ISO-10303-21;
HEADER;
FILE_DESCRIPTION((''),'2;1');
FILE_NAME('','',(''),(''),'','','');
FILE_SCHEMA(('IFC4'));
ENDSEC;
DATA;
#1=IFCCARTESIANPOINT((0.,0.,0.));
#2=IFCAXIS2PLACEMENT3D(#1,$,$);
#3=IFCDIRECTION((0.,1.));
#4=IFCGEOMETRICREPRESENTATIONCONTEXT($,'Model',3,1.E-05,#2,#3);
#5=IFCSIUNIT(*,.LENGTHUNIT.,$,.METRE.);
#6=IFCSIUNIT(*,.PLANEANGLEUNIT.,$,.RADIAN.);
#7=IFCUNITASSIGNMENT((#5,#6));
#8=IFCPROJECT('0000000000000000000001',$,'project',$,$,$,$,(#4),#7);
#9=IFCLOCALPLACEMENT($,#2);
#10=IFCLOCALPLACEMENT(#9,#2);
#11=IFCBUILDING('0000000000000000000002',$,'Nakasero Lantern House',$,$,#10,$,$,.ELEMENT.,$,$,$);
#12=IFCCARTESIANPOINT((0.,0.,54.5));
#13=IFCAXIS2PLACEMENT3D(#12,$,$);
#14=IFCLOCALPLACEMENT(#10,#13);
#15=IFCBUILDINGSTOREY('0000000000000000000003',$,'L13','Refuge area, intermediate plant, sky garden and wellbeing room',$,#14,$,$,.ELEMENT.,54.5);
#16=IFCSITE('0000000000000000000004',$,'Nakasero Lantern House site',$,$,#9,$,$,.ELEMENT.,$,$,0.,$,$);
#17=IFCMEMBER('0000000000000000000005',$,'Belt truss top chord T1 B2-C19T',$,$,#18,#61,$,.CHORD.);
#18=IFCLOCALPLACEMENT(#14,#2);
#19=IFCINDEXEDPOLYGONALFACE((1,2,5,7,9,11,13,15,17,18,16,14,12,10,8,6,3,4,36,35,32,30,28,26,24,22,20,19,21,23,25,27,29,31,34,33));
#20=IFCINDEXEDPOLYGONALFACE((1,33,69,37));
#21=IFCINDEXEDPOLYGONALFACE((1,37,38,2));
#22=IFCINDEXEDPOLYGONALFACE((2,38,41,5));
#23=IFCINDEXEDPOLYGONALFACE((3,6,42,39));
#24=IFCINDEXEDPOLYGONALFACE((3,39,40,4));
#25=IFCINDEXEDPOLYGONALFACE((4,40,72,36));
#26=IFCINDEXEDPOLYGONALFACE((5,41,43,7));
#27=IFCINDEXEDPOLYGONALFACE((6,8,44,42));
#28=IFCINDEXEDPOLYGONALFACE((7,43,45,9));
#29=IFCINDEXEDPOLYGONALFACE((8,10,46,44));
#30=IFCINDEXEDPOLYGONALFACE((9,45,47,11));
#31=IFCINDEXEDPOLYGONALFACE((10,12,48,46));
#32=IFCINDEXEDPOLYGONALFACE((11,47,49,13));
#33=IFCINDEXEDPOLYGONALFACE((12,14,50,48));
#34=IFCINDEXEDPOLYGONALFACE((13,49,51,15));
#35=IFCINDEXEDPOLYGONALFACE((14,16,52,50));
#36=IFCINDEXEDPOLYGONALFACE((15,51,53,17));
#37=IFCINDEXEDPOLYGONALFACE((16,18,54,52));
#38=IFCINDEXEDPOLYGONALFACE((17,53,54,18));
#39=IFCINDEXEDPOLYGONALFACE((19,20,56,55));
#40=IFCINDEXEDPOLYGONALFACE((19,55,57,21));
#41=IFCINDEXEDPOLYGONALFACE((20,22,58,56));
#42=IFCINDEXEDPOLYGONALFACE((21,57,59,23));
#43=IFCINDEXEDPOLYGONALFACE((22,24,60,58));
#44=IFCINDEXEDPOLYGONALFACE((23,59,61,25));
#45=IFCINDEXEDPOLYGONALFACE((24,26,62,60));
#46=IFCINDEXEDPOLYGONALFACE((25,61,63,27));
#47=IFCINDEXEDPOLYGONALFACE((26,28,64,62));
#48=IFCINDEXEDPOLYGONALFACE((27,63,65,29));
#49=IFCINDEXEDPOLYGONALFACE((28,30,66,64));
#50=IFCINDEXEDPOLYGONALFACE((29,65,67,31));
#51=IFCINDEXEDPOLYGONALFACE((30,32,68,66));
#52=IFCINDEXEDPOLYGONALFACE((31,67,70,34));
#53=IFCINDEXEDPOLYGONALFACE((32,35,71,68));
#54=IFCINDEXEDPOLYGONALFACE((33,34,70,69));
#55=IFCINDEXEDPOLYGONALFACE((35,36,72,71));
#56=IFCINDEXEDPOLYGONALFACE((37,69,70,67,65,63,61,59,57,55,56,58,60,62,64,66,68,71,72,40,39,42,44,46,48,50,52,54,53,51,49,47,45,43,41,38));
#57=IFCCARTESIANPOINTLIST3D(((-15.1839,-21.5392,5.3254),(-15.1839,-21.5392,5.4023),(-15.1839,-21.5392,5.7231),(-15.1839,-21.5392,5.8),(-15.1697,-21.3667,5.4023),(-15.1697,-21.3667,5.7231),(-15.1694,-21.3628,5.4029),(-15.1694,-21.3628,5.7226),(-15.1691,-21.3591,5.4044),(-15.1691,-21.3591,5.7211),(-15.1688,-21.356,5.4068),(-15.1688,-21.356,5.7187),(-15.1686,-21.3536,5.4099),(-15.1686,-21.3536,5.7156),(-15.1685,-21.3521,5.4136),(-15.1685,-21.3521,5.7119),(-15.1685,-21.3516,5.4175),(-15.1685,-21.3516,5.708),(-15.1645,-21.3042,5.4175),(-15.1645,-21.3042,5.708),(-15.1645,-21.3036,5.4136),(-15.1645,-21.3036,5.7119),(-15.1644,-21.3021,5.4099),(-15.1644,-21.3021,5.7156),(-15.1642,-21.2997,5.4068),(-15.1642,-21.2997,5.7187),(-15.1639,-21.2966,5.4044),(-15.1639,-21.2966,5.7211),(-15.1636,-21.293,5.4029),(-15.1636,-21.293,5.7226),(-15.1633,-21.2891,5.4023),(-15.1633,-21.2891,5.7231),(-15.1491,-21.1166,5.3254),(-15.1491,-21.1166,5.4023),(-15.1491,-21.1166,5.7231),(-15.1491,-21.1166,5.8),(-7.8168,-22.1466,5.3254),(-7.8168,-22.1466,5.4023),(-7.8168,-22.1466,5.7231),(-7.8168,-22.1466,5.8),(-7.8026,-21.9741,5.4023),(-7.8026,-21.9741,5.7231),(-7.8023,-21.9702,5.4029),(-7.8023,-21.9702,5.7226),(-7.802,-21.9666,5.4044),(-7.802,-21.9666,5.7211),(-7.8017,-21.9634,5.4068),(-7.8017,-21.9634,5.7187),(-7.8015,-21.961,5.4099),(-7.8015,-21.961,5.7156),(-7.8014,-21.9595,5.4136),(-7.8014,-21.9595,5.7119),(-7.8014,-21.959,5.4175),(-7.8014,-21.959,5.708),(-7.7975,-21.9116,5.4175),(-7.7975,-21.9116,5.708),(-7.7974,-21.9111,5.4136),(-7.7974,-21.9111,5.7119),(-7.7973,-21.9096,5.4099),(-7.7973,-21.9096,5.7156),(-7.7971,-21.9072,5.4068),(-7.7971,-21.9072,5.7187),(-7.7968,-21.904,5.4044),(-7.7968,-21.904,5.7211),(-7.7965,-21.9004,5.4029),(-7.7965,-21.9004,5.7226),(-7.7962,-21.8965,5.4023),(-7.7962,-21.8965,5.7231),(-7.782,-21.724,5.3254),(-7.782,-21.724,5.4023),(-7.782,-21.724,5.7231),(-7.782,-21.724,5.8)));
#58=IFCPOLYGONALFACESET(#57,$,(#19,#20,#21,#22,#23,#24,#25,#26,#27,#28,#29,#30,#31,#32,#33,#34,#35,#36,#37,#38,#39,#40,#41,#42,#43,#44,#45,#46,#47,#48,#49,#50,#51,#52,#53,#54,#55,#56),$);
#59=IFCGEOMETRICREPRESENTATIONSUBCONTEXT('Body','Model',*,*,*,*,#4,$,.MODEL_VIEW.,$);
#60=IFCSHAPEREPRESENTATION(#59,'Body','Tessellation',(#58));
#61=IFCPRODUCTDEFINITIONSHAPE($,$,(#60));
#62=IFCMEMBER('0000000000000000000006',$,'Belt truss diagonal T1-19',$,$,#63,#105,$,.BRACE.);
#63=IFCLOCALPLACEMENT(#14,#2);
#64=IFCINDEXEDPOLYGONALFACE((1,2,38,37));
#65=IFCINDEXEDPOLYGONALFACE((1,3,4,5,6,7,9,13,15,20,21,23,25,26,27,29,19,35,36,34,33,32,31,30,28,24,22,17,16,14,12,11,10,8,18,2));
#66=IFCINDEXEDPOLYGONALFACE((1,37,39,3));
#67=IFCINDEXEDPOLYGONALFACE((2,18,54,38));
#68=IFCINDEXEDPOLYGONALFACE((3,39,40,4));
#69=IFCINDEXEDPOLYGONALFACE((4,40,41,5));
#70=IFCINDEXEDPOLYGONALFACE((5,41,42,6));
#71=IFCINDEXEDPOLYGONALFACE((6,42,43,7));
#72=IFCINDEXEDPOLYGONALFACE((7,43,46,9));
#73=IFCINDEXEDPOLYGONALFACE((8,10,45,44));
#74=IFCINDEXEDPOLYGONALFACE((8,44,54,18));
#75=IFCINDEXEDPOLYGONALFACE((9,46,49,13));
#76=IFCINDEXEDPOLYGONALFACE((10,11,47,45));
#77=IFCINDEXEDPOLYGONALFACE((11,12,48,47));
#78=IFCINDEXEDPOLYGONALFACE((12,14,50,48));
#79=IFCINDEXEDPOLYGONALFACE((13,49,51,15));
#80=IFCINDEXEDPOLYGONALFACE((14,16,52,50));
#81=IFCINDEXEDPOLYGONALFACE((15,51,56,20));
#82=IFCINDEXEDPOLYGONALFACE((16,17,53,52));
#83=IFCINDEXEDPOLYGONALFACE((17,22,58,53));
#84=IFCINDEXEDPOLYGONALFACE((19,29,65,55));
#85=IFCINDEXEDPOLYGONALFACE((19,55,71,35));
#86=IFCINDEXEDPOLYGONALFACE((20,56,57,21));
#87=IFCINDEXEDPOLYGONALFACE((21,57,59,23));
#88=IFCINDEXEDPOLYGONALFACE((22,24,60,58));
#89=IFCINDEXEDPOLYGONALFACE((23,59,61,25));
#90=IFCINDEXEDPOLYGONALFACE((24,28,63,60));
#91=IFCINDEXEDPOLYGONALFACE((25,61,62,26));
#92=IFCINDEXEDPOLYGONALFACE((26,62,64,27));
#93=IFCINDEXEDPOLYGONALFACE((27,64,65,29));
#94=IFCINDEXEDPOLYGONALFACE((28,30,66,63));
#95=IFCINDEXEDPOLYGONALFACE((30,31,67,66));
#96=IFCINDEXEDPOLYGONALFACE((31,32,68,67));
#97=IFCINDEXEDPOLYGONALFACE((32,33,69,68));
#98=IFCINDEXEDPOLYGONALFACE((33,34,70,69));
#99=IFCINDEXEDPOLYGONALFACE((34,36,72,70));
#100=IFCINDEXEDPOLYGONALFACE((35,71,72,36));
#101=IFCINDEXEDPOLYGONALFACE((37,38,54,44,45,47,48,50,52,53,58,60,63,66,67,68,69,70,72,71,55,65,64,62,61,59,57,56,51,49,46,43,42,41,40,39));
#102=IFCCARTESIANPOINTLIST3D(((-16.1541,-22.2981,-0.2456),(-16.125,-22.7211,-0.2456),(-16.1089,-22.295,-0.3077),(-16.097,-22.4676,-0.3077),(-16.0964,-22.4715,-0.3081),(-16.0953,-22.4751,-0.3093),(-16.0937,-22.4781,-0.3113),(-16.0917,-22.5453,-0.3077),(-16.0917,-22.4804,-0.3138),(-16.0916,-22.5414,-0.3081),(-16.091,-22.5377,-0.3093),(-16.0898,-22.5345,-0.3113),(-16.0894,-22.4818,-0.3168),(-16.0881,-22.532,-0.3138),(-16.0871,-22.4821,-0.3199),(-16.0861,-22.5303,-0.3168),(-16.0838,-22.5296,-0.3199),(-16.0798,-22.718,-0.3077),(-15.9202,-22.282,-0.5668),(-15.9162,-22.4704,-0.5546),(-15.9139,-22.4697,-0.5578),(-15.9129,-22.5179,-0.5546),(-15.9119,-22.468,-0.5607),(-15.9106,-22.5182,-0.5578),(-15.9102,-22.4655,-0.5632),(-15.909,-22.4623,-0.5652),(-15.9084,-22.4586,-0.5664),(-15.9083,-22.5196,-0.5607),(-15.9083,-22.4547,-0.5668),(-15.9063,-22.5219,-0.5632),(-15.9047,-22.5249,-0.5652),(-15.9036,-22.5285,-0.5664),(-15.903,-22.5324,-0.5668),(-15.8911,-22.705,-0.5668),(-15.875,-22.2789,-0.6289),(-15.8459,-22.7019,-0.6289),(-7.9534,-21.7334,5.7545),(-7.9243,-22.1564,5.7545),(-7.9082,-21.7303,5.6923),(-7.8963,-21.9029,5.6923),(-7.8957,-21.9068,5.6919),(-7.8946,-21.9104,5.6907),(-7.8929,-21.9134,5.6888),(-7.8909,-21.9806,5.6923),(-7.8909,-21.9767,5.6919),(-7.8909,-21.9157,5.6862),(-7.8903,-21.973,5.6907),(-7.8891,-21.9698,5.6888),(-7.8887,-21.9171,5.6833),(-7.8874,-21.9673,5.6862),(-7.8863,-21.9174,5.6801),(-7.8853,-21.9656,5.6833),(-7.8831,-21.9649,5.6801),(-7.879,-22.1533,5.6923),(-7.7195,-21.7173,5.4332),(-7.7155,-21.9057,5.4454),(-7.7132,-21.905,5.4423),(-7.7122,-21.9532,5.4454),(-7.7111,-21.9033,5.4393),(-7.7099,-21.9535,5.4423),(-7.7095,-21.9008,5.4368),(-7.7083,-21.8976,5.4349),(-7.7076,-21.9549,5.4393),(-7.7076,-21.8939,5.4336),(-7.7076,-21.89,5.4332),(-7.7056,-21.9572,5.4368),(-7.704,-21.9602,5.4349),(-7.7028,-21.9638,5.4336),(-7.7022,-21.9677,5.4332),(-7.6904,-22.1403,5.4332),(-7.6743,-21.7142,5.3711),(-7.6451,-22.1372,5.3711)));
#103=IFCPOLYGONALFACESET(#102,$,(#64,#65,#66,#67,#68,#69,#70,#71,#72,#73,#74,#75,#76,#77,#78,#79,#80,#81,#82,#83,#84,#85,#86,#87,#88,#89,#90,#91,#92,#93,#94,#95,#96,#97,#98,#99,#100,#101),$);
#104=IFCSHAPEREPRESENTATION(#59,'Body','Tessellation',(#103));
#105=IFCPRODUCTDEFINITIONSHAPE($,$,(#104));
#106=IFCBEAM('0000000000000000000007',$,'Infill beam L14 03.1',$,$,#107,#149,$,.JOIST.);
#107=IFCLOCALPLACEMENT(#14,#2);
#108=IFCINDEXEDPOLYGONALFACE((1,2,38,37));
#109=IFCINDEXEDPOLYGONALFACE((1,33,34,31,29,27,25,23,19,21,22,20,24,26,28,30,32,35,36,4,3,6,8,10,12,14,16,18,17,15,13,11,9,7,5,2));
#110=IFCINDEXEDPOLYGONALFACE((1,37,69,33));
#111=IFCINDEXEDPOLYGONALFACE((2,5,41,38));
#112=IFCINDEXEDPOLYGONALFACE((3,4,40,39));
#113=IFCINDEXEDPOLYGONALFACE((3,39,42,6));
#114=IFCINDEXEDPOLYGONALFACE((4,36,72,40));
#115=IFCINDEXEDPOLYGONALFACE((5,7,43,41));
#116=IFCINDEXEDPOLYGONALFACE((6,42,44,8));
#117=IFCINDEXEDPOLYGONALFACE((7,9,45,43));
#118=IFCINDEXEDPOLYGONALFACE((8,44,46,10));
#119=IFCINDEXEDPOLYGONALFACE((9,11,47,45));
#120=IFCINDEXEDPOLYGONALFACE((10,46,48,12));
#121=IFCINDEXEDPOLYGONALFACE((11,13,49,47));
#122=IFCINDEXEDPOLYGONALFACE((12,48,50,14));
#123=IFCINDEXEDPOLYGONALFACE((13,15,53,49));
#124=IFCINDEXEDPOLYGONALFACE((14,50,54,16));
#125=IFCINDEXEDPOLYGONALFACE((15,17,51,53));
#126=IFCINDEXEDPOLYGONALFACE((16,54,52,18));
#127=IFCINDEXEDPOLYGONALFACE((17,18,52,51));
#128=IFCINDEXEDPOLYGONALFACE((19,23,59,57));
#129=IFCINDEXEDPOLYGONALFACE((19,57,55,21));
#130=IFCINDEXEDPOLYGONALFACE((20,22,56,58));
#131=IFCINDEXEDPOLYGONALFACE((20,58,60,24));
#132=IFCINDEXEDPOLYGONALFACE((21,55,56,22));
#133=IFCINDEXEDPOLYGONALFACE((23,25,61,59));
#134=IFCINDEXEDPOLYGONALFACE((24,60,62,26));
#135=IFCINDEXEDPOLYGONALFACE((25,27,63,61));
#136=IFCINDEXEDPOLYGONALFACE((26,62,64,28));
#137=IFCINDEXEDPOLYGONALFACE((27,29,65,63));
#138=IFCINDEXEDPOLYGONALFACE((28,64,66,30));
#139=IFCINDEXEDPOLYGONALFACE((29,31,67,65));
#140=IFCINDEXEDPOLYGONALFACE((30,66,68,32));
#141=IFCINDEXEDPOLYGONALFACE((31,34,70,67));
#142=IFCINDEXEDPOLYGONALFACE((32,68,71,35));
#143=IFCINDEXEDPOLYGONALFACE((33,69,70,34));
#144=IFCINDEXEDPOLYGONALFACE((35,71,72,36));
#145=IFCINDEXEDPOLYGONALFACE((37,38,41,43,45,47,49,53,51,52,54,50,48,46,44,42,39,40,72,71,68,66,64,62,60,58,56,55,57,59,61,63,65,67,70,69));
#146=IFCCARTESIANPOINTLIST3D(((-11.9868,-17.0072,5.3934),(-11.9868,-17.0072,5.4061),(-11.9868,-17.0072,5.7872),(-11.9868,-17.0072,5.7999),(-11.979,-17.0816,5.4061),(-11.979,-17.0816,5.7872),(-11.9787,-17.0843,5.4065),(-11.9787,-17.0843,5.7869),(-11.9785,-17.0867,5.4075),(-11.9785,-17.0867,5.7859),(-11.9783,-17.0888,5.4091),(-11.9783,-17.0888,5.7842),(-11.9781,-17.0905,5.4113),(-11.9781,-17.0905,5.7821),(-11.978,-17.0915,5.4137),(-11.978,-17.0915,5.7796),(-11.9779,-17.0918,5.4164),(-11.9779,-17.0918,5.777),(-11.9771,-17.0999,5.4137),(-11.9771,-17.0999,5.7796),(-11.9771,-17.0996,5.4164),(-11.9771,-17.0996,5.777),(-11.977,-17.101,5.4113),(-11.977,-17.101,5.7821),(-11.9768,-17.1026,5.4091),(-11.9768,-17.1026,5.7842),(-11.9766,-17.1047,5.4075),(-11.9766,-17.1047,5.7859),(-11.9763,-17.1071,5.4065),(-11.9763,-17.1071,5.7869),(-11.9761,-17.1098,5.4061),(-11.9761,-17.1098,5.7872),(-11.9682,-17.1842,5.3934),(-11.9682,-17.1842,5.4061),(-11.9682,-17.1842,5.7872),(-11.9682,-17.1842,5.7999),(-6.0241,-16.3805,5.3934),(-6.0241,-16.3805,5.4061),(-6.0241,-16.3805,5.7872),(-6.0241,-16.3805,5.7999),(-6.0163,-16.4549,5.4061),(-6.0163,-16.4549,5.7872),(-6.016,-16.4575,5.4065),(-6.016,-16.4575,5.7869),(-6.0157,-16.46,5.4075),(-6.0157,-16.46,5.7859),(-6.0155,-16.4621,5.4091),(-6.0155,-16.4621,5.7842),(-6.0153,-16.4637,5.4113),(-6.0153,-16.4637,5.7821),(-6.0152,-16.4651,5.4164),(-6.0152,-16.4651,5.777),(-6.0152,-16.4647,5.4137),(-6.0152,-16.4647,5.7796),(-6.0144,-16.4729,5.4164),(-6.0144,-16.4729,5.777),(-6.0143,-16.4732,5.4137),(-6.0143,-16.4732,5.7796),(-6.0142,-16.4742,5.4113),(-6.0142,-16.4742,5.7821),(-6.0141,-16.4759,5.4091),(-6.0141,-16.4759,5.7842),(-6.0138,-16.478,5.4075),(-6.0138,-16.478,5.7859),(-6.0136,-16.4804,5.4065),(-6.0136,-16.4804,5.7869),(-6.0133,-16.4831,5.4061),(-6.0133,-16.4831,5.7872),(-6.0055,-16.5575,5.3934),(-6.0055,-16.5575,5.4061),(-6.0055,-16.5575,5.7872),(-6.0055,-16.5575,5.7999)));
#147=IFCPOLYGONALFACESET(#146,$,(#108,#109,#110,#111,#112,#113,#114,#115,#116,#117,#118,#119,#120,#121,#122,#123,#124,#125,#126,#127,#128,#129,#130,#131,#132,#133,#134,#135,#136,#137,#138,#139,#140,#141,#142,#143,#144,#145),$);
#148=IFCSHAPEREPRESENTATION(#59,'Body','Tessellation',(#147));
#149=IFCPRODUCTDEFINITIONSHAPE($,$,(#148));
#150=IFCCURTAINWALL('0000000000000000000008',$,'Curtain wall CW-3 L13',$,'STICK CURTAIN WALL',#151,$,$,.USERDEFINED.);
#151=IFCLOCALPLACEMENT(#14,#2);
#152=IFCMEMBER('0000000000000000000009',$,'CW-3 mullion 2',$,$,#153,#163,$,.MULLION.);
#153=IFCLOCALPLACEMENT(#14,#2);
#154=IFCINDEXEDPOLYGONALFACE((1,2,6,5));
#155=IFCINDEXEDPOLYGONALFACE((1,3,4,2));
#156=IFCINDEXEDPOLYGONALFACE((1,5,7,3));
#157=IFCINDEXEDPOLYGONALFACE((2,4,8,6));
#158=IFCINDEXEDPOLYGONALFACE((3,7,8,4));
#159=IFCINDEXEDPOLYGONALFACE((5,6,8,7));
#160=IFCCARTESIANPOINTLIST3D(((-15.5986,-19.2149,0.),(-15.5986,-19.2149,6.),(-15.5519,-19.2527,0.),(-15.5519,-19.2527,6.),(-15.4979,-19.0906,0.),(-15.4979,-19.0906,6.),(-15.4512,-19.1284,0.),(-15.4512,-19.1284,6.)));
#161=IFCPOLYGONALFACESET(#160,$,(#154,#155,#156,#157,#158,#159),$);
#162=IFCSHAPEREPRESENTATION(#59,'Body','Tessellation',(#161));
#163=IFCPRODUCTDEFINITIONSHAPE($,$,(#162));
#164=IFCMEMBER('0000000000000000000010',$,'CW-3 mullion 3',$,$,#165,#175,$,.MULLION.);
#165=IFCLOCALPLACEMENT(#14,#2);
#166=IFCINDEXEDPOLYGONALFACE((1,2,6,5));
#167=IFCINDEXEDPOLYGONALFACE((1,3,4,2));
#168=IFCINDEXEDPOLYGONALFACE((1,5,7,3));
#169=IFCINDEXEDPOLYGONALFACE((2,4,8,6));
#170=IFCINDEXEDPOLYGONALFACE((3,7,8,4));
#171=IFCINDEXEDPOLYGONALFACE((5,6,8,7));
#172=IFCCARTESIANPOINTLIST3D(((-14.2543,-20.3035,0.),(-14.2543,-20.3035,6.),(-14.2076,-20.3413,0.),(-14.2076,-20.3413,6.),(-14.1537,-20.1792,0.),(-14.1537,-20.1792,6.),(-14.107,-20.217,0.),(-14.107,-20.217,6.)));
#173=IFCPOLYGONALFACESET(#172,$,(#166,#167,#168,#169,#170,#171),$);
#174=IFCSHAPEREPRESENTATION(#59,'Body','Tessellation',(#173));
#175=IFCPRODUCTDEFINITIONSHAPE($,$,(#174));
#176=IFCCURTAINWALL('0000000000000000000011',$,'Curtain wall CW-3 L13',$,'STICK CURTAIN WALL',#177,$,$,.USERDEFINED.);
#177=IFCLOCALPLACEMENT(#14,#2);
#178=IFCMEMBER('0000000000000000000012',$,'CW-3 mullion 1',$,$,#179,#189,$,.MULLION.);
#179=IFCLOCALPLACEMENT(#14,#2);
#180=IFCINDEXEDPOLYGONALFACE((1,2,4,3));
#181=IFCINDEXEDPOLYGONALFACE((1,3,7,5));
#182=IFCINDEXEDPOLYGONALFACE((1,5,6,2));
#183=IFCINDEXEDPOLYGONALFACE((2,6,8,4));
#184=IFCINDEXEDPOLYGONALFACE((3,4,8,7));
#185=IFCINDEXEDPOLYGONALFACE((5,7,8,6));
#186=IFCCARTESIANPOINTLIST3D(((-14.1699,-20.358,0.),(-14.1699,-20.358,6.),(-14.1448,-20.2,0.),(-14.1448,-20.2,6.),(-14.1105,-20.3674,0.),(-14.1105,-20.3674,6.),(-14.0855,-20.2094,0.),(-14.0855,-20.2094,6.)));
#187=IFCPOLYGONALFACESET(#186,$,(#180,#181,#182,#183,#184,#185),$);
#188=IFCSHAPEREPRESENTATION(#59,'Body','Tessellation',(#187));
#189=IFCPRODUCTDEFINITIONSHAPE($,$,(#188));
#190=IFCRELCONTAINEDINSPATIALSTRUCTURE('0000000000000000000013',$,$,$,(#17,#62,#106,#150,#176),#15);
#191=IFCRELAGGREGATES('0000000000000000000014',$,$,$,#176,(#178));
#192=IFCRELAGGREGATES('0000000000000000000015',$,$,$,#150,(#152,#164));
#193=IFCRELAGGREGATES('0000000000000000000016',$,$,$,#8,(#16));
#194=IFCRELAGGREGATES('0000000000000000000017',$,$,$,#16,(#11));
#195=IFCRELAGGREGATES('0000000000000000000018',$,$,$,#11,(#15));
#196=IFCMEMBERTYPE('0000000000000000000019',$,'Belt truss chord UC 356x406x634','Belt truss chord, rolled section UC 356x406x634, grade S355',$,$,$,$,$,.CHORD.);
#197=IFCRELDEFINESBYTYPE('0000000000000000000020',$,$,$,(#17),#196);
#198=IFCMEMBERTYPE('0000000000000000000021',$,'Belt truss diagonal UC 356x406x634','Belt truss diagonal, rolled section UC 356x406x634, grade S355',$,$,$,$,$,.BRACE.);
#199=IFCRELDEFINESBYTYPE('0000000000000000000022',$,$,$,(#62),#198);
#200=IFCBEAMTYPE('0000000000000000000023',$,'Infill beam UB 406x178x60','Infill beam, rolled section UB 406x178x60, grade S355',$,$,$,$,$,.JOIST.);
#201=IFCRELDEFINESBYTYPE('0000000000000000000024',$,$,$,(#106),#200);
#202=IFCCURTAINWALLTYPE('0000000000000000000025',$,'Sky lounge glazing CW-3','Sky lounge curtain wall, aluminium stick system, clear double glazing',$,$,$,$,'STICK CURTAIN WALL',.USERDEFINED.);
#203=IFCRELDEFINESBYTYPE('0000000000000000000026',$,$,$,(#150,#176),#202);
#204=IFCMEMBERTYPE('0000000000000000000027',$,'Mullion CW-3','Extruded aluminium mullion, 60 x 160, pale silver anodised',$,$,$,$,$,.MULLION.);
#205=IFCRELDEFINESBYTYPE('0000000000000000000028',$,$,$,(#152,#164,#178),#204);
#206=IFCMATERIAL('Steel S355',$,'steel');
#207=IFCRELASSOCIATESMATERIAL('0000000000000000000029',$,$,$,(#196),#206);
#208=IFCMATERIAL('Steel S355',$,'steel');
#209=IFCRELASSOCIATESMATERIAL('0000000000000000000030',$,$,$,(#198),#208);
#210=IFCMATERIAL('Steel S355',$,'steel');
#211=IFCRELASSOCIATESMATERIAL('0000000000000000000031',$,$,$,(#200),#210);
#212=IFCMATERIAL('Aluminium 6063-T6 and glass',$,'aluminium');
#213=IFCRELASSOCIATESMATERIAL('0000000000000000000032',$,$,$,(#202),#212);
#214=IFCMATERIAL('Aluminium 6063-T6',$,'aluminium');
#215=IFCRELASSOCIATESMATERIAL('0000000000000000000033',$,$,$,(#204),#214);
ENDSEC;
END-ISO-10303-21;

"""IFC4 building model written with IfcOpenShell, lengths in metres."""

from ifc_helpers import new_model, si_unit, direction, frame, origin, origin_2d, place, context, subcontext, project, spatial, rectangle, i_section, extrude, material, material_profile, profile_set, type_object, element, aggregate, save


model = new_model("IFC4")

# Units and contexts
model_context = context("Model", 3, precision=1e-05, world=origin(), true_north=direction((0.0, 1.0)))
body_context = subcontext(model_context, "Body", "Model", "MODEL_VIEW")
ifc_project = project(units=[si_unit("LENGTHUNIT", "METRE"), si_unit("PLANEANGLEUNIT", "RADIAN")], contexts=[model_context])

# Site, building, storey
site_placement = place(None, origin())
site = spatial("IfcSite", under=ifc_project, at=site_placement, Name="Nakasero Lantern House site", CompositionType="ELEMENT", RefElevation=0.0)
building_placement = place(site_placement, origin())
building = spatial("IfcBuilding", under=site, at=building_placement, Name="Nakasero Lantern House", CompositionType="ELEMENT")
storey_placement = place(building_placement, frame((0.0, 0.0, 54.5)))
storey = spatial("IfcBuildingStorey", under=building, at=storey_placement, Name="L13", Description="Refuge area, intermediate plant, sky garden and wellbeing room", CompositionType="ELEMENT", Elevation=54.5)

# Members
ifc_material_1 = material(Name="Steel S355", Category="steel")
ifc_material_profile_1 = material_profile(ifc_material_1, i_section(OverallWidth=0.4241, OverallDepth=0.4746, WebThickness=0.0476, FlangeThickness=0.0769, FilletRadius=0.0151, at=origin_2d()), Name="UC 356x406x634")
ifc_profile_set_1 = profile_set([ifc_material_profile_1], Name="Steel S355")
member_type_1 = type_object("IfcMemberType", Name="Belt truss chord UC 356x406x634", Description="Belt truss chord, rolled section UC 356x406x634, grade S355", PredefinedType="CHORD", material=ifc_profile_set_1)
member_1_placement = place(storey_placement, frame((-15.1665, -21.3279, 5.5627), z_axis=(0.996618, -0.082171, 0.0), x_axis=(0.082171, 0.996618, 0.0)))
element("IfcMember", 1, at=member_1_placement, inside=storey, type_object=member_type_1, Name="Belt truss top chord T1 B2-C19T", PredefinedType="CHORD", context=body_context, shape_type="SweptSolid", body=[
    extrude(i_section(OverallWidth=0.4241, OverallDepth=0.4746, WebThickness=0.0476, FlangeThickness=0.0769, FilletRadius=0.0151, at=origin_2d()), origin(), (0.0, 0.0, 1.0), 7.3921),
])
ifc_material_2 = material(Name="Steel S355", Category="steel")
ifc_material_profile_2 = material_profile(ifc_material_2, i_section(OverallWidth=0.4241, OverallDepth=0.4746, WebThickness=0.0476, FlangeThickness=0.0769, FilletRadius=0.0151, at=origin_2d()), Name="UC 356x406x634")
ifc_profile_set_2 = profile_set([ifc_material_profile_2], Name="Steel S355")
member_type_2 = type_object("IfcMemberType", Name="Belt truss diagonal UC 356x406x634", Description="Belt truss diagonal, rolled section UC 356x406x634, grade S355", PredefinedType="BRACE", material=ifc_profile_set_2)
member_2_placement = place(storey_placement, frame((-16.0, -22.5, -0.4373), z_axis=(0.80581, 0.055488, 0.589568), x_axis=(-0.068697, 0.997638, 0.0)))
element("IfcMember", 2, at=member_2_placement, inside=storey, type_object=member_type_2, Name="Belt truss diagonal T1-19", PredefinedType="BRACE", context=body_context, shape_type="SweptSolid", body=[
    extrude(i_section(OverallWidth=0.4241, OverallDepth=0.4746, WebThickness=0.0476, FlangeThickness=0.0769, FilletRadius=0.0151, at=origin_2d()), origin(), (0.0, 0.0, 1.0), 10.177),
])

# Beam
ifc_material_3 = material(Name="Steel S355", Category="steel")
ifc_material_profile_3 = material_profile(ifc_material_3, i_section(OverallWidth=0.178, OverallDepth=0.4065, WebThickness=0.0078, FlangeThickness=0.0127, FilletRadius=0.0103, at=origin_2d()), Name="UB 406x178x60")
ifc_profile_set_3 = profile_set([ifc_material_profile_3], Name="Steel S355")
beam_type_1 = type_object("IfcBeamType", Name="Infill beam UB 406x178x60", Description="Infill beam, rolled section UB 406x178x60, grade S355", PredefinedType="JOIST", material=ifc_profile_set_3)
beam_1_placement = place(storey_placement, frame((-11.9775, -17.0957, 5.5967), z_axis=(0.994522, 0.10453, 0.0), x_axis=(-0.10453, 0.994522, 0.0)))
element("IfcBeam", 3, at=beam_1_placement, inside=storey, type_object=beam_type_1, Name="Infill beam L14 03.1", PredefinedType="JOIST", context=body_context, shape_type="SweptSolid", body=[
    extrude(i_section(OverallWidth=0.178, OverallDepth=0.4065, WebThickness=0.0078, FlangeThickness=0.0127, FilletRadius=0.0103, at=origin_2d()), origin(), (0.0, 0.0, 1.0), 5.9956),
])

# Curtain walls, members
ifc_material_4 = material(Name="Aluminium 6063-T6 and glass", Category="aluminium")
curtain_wall_type = type_object("IfcCurtainWallType", Name="Sky lounge glazing CW-3", Description="Sky lounge curtain wall, aluminium stick system, clear double glazing", ElementType="STICK CURTAIN WALL", PredefinedType="USERDEFINED", material=ifc_material_4)
curtain_wall_1_placement = place(storey_placement, origin())
curtain_wall_1 = element("IfcCurtainWall", 4, at=curtain_wall_1_placement, inside=storey, type_object=curtain_wall_type, Name="Curtain wall CW-3 L13", ObjectType="STICK CURTAIN WALL", PredefinedType="USERDEFINED")
ifc_material_5 = material(Name="Aluminium 6063-T6", Category="aluminium")
ifc_material_profile_4 = material_profile(ifc_material_5, rectangle(XDim=0.0601, YDim=0.1599, at=origin_2d()), Name="CW-3 mullion 60x160")
ifc_profile_set_4 = profile_set([ifc_material_profile_4], Name="Aluminium 6063-T6")
member_type_3 = type_object("IfcMemberType", Name="Mullion CW-3", Description="Extruded aluminium mullion, 60 x 160, pale silver anodised", PredefinedType="MULLION", material=ifc_profile_set_4)
member_3_placement = place(storey_placement, frame((-15.5249, -19.1716, 0.0), z_axis=(0.0, 0.0, 1.0), x_axis=(0.777146, -0.62932, 0.0)))
member_3 = element("IfcMember", 5, at=member_3_placement, type_object=member_type_3, Name="CW-3 mullion 2", PredefinedType="MULLION", context=body_context, shape_type="SweptSolid", body=[
    extrude(rectangle(XDim=0.0601, YDim=0.1599, at=origin_2d()), origin(), (0.0, 0.0, 1.0), 6.0),
])
member_4_placement = place(storey_placement, frame((-14.1807, -20.2603, 0.0), z_axis=(0.0, 0.0, 1.0), x_axis=(0.777146, -0.62932, 0.0)))
member_4 = element("IfcMember", 6, at=member_4_placement, type_object=member_type_3, Name="CW-3 mullion 3", PredefinedType="MULLION", context=body_context, shape_type="SweptSolid", body=[
    extrude(rectangle(XDim=0.0601, YDim=0.1599, at=origin_2d()), origin(), (0.0, 0.0, 1.0), 6.0),
])
curtain_wall_2_placement = place(storey_placement, origin())
curtain_wall_2 = element("IfcCurtainWall", 7, at=curtain_wall_2_placement, inside=storey, type_object=curtain_wall_type, Name="Curtain wall CW-3 L13", ObjectType="STICK CURTAIN WALL", PredefinedType="USERDEFINED")
member_5_placement = place(storey_placement, frame((-14.1277, -20.2837, 0.0), z_axis=(0.0, 0.0, 1.0), x_axis=(0.987688, -0.156434, 0.0)))
member_5 = element("IfcMember", 8, at=member_5_placement, type_object=member_type_3, Name="CW-3 mullion 1", PredefinedType="MULLION", context=body_context, shape_type="SweptSolid", body=[
    extrude(rectangle(XDim=0.0601, YDim=0.1599, at=origin_2d()), origin(), (0.0, 0.0, 1.0), 6.0),
])

aggregate(curtain_wall_2, [member_5])
aggregate(curtain_wall_1, [member_3, member_4])

save(model, "model.ifc")
